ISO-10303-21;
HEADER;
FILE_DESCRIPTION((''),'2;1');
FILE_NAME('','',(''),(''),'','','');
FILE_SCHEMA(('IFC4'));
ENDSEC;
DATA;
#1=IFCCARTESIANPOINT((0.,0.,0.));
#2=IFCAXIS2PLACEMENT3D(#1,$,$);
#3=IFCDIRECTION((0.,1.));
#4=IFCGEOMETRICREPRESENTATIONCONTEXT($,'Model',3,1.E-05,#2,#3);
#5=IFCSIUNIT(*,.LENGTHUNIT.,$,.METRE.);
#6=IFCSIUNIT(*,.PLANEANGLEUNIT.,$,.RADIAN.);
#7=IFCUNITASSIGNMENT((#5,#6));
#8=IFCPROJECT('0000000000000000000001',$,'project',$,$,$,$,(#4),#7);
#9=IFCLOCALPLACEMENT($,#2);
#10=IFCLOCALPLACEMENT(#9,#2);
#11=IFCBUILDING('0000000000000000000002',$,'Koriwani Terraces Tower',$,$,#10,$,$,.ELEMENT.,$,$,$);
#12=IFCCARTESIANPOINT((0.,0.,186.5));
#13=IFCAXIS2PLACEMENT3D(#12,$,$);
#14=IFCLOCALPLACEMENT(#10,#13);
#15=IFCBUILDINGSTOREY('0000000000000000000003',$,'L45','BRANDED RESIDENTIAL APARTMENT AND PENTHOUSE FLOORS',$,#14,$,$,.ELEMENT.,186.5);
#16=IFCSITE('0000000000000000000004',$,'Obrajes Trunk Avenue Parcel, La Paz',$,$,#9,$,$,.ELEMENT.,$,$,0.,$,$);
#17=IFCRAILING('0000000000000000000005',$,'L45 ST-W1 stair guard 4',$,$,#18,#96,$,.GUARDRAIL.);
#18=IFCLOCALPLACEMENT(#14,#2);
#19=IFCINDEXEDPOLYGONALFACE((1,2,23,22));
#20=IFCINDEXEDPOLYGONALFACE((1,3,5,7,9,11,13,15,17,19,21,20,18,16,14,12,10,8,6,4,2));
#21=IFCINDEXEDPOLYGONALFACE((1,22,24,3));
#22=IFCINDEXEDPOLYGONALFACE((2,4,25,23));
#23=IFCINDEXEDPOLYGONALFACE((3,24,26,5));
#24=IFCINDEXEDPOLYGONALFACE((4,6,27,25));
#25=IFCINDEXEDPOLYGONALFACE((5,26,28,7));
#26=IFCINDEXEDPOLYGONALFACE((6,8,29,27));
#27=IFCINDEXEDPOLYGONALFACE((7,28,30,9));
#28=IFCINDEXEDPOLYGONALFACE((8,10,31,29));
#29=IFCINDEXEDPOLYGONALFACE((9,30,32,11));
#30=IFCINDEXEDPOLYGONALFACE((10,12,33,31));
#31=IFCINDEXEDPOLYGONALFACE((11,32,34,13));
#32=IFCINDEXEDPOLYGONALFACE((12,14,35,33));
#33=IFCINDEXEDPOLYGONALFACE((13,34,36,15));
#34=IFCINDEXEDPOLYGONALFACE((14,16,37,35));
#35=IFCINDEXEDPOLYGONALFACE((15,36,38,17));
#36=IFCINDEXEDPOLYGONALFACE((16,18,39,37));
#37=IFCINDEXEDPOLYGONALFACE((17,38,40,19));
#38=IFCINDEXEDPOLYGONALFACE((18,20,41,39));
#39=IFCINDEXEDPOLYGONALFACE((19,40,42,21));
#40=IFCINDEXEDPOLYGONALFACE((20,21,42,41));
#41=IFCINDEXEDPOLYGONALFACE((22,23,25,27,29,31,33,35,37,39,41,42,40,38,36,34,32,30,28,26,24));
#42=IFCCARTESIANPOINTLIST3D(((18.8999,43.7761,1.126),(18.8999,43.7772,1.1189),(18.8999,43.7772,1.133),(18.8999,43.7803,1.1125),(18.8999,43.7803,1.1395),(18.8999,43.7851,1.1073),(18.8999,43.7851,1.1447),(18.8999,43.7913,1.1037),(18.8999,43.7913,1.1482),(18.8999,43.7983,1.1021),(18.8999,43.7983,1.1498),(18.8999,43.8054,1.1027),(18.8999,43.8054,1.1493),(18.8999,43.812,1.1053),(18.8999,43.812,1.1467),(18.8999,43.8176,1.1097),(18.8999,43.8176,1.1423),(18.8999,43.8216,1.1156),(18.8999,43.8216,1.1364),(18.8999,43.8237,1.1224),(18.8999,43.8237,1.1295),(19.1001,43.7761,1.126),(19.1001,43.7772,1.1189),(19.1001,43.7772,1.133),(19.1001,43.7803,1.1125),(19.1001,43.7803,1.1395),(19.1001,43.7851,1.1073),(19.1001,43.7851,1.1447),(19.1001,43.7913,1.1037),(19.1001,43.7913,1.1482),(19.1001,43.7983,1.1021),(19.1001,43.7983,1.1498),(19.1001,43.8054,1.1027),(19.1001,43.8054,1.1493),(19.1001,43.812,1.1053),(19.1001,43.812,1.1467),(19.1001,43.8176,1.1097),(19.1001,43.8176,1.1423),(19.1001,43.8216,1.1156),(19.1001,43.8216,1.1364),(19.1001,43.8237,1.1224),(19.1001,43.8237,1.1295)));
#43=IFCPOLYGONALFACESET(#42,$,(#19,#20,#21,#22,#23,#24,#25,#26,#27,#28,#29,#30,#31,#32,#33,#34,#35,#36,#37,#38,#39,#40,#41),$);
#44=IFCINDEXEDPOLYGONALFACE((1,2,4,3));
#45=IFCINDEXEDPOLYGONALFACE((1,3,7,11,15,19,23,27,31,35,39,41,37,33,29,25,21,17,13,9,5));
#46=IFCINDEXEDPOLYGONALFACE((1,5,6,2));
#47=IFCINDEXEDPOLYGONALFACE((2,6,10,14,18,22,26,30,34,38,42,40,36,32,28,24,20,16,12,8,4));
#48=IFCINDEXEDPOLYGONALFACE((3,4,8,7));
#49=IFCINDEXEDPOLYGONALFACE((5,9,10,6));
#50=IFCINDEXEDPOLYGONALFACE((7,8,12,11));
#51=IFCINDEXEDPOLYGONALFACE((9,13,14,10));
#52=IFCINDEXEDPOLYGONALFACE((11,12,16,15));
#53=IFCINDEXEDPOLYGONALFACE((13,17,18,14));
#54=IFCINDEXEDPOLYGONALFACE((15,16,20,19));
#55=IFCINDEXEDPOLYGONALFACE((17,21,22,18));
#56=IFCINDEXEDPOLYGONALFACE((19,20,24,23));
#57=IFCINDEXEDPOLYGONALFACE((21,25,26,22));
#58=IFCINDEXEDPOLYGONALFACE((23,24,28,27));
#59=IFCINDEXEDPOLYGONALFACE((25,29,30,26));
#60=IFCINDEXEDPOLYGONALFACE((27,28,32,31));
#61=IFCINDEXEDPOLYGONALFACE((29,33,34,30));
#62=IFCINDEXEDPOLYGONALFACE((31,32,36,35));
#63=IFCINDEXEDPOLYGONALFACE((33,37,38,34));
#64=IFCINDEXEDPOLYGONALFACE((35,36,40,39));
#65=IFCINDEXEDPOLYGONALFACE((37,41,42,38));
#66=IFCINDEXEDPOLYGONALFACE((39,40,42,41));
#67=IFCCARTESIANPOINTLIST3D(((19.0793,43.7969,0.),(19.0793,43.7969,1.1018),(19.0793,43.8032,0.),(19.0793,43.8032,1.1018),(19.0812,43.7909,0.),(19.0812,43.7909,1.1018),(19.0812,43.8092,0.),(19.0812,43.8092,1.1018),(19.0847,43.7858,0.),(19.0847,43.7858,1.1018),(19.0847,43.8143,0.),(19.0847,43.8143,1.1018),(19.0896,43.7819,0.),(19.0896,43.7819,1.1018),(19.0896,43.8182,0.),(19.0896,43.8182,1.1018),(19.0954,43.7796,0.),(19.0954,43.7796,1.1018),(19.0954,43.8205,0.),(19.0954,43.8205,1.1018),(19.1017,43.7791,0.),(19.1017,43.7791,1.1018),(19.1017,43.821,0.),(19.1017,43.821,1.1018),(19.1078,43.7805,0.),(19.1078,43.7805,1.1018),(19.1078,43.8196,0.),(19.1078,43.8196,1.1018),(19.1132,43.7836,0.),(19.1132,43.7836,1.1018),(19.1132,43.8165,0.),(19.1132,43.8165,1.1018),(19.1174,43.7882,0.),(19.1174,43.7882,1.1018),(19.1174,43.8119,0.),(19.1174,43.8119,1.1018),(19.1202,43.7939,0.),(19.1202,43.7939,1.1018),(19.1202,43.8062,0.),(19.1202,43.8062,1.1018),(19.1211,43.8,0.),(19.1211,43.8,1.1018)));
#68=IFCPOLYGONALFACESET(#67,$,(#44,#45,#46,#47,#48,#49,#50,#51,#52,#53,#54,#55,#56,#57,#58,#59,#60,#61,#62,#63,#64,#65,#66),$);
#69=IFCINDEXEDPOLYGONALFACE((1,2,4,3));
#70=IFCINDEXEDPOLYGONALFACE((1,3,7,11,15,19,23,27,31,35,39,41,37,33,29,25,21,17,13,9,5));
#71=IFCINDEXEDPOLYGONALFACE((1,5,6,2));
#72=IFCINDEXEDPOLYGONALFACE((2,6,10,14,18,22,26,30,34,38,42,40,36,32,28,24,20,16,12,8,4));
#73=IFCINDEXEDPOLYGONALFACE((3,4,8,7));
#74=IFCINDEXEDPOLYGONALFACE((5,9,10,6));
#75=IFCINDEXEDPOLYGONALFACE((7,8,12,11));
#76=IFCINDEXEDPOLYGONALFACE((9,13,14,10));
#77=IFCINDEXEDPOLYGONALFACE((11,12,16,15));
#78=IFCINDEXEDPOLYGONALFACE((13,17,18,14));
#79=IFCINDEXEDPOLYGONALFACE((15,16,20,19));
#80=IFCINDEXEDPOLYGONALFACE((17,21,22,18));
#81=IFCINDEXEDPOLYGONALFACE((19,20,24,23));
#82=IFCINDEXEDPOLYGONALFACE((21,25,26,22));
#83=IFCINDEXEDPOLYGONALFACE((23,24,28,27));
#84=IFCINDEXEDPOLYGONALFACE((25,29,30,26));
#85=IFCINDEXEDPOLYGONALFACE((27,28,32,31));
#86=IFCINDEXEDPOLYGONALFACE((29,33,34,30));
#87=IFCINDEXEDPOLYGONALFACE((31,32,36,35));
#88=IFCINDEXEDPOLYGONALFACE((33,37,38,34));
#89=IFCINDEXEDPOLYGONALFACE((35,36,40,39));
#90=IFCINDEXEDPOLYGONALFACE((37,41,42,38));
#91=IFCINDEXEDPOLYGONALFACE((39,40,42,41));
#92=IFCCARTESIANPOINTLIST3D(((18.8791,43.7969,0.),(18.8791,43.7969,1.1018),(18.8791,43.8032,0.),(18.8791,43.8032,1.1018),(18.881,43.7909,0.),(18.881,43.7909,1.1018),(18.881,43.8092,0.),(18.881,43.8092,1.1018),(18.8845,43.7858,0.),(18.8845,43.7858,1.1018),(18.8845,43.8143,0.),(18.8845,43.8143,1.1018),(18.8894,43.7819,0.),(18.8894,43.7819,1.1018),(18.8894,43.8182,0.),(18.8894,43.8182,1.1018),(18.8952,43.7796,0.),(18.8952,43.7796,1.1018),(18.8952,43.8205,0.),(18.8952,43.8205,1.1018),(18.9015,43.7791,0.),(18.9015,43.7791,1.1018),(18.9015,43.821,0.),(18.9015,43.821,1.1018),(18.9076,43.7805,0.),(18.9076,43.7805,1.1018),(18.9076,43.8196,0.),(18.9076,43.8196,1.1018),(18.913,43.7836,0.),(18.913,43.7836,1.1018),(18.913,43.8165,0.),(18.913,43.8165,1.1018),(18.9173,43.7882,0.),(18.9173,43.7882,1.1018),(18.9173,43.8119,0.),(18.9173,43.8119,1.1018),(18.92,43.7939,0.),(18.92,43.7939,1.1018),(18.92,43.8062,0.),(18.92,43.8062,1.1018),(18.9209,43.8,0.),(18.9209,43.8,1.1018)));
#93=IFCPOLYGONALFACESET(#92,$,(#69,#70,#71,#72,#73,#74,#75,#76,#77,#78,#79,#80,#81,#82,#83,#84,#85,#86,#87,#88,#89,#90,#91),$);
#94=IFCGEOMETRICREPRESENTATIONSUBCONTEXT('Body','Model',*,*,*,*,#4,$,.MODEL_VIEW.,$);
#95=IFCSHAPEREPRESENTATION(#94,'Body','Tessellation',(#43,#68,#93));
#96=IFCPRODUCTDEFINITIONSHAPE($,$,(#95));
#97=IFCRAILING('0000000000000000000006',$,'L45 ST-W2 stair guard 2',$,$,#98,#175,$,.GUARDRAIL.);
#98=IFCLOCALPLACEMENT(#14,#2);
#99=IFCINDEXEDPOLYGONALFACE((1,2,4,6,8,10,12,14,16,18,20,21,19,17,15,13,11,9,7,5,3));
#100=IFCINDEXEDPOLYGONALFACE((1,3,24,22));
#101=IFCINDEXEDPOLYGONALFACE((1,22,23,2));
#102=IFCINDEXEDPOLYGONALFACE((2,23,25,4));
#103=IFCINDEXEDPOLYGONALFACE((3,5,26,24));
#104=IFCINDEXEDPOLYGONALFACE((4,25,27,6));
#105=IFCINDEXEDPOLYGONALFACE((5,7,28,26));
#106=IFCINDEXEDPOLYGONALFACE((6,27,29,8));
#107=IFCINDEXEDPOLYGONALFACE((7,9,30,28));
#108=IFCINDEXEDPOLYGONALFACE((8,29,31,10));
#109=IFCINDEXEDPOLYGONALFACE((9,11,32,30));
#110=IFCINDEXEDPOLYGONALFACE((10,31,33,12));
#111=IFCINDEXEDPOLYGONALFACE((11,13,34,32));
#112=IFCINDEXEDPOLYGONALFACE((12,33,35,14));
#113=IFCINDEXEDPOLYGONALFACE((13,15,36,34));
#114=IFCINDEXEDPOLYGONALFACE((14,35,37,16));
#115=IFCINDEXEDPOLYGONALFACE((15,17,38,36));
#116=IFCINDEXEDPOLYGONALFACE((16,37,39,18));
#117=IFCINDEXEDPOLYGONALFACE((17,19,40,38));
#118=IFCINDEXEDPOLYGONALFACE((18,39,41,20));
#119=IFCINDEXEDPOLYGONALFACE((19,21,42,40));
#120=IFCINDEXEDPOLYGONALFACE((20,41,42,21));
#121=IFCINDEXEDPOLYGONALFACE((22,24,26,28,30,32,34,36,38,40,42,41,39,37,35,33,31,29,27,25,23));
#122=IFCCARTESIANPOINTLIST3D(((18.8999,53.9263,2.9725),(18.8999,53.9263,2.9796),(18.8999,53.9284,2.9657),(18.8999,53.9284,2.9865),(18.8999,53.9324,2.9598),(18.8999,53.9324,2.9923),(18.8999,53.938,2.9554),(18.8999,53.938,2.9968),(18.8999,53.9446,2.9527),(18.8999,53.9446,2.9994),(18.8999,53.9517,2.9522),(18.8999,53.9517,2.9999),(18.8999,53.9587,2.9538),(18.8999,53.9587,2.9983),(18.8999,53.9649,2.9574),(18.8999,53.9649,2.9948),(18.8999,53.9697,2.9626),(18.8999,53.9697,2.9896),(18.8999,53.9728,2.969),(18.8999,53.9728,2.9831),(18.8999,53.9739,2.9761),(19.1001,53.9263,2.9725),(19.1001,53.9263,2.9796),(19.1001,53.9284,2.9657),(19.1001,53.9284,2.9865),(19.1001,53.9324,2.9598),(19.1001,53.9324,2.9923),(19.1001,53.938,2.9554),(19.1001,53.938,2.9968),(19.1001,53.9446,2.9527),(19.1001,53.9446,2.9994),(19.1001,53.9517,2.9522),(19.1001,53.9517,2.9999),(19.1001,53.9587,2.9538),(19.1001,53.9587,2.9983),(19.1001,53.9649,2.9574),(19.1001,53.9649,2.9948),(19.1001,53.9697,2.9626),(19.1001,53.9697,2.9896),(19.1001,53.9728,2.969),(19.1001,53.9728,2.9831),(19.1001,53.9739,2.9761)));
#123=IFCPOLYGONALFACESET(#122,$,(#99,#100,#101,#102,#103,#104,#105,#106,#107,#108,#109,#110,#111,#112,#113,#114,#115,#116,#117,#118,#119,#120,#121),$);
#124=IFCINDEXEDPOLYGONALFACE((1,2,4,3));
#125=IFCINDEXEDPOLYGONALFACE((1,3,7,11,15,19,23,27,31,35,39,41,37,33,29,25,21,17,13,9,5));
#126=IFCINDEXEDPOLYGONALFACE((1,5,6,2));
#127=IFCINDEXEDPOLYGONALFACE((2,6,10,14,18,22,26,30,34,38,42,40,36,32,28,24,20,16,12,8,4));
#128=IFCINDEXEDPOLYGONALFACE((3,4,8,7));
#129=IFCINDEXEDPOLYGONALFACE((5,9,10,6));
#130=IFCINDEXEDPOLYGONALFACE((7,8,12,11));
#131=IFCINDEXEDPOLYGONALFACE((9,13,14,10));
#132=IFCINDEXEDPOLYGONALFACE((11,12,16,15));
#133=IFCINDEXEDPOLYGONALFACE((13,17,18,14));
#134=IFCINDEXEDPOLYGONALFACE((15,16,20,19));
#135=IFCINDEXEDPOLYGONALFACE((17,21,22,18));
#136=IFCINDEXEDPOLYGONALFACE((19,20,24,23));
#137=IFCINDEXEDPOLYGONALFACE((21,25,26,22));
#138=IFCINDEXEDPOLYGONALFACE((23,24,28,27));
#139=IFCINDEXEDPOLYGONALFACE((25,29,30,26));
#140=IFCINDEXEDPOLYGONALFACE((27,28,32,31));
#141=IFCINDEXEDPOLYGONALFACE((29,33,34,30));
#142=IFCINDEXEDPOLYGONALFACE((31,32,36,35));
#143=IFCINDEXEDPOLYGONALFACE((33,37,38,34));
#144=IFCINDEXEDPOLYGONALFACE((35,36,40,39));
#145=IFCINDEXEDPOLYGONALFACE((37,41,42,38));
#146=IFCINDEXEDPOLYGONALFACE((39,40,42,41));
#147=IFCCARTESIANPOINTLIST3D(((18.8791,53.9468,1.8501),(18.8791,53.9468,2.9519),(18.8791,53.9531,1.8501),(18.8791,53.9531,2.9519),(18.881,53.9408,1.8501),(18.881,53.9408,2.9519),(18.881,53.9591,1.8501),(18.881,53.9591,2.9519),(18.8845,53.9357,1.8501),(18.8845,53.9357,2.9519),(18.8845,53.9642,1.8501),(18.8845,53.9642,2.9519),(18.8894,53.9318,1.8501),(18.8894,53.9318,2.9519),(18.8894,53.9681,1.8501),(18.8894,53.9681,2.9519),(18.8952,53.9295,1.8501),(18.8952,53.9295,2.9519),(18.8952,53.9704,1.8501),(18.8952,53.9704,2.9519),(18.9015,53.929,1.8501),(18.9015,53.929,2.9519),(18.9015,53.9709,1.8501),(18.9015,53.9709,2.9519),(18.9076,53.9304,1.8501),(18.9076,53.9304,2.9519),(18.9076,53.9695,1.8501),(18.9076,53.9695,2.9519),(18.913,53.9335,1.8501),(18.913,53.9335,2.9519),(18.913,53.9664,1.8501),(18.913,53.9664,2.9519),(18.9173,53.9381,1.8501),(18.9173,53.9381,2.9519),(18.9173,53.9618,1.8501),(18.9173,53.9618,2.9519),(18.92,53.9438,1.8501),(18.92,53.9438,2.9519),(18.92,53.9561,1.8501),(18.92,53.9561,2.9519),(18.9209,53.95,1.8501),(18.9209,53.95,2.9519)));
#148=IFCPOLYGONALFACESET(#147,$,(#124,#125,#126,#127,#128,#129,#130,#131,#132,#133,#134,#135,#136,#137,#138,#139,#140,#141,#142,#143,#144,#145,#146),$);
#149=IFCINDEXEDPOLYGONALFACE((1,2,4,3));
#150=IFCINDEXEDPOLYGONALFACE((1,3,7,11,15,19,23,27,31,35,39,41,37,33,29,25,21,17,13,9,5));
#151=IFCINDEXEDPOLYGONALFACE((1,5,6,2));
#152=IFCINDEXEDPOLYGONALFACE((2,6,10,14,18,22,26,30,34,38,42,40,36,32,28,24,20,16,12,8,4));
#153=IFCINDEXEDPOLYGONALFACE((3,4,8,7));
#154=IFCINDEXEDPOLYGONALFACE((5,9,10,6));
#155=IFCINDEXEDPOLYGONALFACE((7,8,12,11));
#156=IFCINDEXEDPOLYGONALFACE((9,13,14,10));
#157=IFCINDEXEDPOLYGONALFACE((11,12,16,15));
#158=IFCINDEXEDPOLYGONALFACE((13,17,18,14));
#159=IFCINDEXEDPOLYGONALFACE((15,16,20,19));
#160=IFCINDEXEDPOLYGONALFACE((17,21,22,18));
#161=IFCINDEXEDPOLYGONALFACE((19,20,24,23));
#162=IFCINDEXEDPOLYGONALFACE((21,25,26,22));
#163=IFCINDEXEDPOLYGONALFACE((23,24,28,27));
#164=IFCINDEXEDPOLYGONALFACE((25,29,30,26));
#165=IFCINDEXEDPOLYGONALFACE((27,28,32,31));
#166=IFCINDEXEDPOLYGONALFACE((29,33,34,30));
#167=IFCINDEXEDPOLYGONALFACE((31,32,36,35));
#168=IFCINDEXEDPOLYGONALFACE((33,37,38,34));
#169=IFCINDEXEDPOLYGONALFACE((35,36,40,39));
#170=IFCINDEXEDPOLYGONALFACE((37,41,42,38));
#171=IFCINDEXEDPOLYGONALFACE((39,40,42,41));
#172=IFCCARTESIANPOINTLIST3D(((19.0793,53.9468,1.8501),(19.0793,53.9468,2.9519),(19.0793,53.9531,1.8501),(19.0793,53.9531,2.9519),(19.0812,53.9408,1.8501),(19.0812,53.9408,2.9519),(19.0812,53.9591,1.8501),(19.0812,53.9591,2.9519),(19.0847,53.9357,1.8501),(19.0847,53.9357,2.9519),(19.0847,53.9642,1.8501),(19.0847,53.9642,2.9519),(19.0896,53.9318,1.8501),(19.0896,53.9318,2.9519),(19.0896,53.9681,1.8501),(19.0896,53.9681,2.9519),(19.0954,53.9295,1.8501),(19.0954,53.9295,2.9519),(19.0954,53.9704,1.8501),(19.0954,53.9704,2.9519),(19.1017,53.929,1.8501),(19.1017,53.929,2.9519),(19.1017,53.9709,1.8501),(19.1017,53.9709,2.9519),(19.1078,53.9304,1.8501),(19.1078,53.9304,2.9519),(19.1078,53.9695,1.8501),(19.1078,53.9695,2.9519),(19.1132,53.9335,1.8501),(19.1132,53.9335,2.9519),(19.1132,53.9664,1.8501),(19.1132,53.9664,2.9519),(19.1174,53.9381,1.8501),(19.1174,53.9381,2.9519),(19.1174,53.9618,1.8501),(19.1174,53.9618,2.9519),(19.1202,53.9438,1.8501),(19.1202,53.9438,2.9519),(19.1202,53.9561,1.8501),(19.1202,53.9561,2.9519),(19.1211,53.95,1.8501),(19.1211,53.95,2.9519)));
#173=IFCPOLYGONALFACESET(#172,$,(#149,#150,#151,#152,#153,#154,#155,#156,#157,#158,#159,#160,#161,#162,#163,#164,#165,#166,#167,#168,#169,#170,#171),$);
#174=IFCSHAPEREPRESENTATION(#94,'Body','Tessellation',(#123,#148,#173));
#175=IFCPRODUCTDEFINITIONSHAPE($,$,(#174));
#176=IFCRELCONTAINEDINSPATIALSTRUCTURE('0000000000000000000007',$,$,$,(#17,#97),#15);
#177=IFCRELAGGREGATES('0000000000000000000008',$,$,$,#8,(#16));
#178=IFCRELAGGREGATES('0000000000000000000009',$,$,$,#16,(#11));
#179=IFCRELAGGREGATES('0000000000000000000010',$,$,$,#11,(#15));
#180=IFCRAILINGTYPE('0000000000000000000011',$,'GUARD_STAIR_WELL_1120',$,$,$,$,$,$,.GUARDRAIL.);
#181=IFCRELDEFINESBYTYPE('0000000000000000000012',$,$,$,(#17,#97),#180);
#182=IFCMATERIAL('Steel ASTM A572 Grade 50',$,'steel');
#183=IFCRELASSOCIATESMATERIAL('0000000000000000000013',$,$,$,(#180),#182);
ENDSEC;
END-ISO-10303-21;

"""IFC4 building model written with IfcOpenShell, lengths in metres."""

from ifc_helpers import new_model, si_unit, direction, frame, origin, origin_2d, place, context, subcontext, project, spatial, circle, extrude, material, type_object, element, save


model = new_model("IFC4")

# Units and contexts
model_context = context("Model", 3, precision=1e-05, world=origin(), true_north=direction((0.0, 1.0)))
body_context = subcontext(model_context, "Body", "Model", "MODEL_VIEW")
ifc_project = project(units=[si_unit("LENGTHUNIT", "METRE"), si_unit("PLANEANGLEUNIT", "RADIAN")], contexts=[model_context])

# Site, building, storey
site_placement = place(None, origin())
site = spatial("IfcSite", under=ifc_project, at=site_placement, Name="Obrajes Trunk Avenue Parcel, La Paz", CompositionType="ELEMENT", RefElevation=0.0)
building_placement = place(site_placement, origin())
building = spatial("IfcBuilding", under=site, at=building_placement, Name="Koriwani Terraces Tower", CompositionType="ELEMENT")
storey_placement = place(building_placement, frame((0.0, 0.0, 186.5)))
storey = spatial("IfcBuildingStorey", under=building, at=storey_placement, Name="L45", Description="BRANDED RESIDENTIAL APARTMENT AND PENTHOUSE FLOORS", CompositionType="ELEMENT", Elevation=186.5)

# Shared definitions
ifc_material_1 = material(Name="Steel ASTM A572 Grade 50", Category="steel")

# Railings
railing_type_1 = type_object("IfcRailingType", Name="GUARD_STAIR_WELL_1120", PredefinedType="GUARDRAIL", material=ifc_material_1)
railing_1_placement = place(storey_placement, frame((19.1001, 43.8, 0.0)))
element("IfcRailing", 1, at=railing_1_placement, inside=storey, type_object=railing_type_1, Name="L45 ST-W1 stair guard 4", PredefinedType="GUARDRAIL", context=body_context, shape_type="SweptSolid", body=[
    extrude(circle(Radius=0.0239, at=origin_2d()), frame((0.0, 0.0, 1.126), z_axis=(-1.0, 0.0, 0.0), x_axis=(0.0, -1.0, 0.0)), (0.0, 0.0, 1.0), 0.2002),
    extrude(circle(Radius=0.021, at=origin_2d()), origin(), (0.0, 0.0, 1.0), 1.1018),
    extrude(circle(Radius=0.021, at=origin_2d()), frame((-0.2002, 0.0, 0.0)), (0.0, 0.0, 1.0), 1.1018),
])
railing_2_placement = place(storey_placement, frame((18.8999, 53.95, 1.8501)))
element("IfcRailing", 2, at=railing_2_placement, inside=storey, type_object=railing_type_1, Name="L45 ST-W2 stair guard 2", PredefinedType="GUARDRAIL", context=body_context, shape_type="SweptSolid", body=[
    extrude(circle(Radius=0.0239, at=origin_2d()), frame((0.0, 0.0, 1.126), z_axis=(1.0, 0.0, 0.0), x_axis=(0.0, 1.0, 0.0)), (0.0, 0.0, 1.0), 0.2002),
    extrude(circle(Radius=0.021, at=origin_2d()), origin(), (0.0, 0.0, 1.0), 1.1018),
    extrude(circle(Radius=0.021, at=origin_2d()), frame((0.2002, 0.0, 0.0)), (0.0, 0.0, 1.0), 1.1018),
])

save(model, "model.ifc")
